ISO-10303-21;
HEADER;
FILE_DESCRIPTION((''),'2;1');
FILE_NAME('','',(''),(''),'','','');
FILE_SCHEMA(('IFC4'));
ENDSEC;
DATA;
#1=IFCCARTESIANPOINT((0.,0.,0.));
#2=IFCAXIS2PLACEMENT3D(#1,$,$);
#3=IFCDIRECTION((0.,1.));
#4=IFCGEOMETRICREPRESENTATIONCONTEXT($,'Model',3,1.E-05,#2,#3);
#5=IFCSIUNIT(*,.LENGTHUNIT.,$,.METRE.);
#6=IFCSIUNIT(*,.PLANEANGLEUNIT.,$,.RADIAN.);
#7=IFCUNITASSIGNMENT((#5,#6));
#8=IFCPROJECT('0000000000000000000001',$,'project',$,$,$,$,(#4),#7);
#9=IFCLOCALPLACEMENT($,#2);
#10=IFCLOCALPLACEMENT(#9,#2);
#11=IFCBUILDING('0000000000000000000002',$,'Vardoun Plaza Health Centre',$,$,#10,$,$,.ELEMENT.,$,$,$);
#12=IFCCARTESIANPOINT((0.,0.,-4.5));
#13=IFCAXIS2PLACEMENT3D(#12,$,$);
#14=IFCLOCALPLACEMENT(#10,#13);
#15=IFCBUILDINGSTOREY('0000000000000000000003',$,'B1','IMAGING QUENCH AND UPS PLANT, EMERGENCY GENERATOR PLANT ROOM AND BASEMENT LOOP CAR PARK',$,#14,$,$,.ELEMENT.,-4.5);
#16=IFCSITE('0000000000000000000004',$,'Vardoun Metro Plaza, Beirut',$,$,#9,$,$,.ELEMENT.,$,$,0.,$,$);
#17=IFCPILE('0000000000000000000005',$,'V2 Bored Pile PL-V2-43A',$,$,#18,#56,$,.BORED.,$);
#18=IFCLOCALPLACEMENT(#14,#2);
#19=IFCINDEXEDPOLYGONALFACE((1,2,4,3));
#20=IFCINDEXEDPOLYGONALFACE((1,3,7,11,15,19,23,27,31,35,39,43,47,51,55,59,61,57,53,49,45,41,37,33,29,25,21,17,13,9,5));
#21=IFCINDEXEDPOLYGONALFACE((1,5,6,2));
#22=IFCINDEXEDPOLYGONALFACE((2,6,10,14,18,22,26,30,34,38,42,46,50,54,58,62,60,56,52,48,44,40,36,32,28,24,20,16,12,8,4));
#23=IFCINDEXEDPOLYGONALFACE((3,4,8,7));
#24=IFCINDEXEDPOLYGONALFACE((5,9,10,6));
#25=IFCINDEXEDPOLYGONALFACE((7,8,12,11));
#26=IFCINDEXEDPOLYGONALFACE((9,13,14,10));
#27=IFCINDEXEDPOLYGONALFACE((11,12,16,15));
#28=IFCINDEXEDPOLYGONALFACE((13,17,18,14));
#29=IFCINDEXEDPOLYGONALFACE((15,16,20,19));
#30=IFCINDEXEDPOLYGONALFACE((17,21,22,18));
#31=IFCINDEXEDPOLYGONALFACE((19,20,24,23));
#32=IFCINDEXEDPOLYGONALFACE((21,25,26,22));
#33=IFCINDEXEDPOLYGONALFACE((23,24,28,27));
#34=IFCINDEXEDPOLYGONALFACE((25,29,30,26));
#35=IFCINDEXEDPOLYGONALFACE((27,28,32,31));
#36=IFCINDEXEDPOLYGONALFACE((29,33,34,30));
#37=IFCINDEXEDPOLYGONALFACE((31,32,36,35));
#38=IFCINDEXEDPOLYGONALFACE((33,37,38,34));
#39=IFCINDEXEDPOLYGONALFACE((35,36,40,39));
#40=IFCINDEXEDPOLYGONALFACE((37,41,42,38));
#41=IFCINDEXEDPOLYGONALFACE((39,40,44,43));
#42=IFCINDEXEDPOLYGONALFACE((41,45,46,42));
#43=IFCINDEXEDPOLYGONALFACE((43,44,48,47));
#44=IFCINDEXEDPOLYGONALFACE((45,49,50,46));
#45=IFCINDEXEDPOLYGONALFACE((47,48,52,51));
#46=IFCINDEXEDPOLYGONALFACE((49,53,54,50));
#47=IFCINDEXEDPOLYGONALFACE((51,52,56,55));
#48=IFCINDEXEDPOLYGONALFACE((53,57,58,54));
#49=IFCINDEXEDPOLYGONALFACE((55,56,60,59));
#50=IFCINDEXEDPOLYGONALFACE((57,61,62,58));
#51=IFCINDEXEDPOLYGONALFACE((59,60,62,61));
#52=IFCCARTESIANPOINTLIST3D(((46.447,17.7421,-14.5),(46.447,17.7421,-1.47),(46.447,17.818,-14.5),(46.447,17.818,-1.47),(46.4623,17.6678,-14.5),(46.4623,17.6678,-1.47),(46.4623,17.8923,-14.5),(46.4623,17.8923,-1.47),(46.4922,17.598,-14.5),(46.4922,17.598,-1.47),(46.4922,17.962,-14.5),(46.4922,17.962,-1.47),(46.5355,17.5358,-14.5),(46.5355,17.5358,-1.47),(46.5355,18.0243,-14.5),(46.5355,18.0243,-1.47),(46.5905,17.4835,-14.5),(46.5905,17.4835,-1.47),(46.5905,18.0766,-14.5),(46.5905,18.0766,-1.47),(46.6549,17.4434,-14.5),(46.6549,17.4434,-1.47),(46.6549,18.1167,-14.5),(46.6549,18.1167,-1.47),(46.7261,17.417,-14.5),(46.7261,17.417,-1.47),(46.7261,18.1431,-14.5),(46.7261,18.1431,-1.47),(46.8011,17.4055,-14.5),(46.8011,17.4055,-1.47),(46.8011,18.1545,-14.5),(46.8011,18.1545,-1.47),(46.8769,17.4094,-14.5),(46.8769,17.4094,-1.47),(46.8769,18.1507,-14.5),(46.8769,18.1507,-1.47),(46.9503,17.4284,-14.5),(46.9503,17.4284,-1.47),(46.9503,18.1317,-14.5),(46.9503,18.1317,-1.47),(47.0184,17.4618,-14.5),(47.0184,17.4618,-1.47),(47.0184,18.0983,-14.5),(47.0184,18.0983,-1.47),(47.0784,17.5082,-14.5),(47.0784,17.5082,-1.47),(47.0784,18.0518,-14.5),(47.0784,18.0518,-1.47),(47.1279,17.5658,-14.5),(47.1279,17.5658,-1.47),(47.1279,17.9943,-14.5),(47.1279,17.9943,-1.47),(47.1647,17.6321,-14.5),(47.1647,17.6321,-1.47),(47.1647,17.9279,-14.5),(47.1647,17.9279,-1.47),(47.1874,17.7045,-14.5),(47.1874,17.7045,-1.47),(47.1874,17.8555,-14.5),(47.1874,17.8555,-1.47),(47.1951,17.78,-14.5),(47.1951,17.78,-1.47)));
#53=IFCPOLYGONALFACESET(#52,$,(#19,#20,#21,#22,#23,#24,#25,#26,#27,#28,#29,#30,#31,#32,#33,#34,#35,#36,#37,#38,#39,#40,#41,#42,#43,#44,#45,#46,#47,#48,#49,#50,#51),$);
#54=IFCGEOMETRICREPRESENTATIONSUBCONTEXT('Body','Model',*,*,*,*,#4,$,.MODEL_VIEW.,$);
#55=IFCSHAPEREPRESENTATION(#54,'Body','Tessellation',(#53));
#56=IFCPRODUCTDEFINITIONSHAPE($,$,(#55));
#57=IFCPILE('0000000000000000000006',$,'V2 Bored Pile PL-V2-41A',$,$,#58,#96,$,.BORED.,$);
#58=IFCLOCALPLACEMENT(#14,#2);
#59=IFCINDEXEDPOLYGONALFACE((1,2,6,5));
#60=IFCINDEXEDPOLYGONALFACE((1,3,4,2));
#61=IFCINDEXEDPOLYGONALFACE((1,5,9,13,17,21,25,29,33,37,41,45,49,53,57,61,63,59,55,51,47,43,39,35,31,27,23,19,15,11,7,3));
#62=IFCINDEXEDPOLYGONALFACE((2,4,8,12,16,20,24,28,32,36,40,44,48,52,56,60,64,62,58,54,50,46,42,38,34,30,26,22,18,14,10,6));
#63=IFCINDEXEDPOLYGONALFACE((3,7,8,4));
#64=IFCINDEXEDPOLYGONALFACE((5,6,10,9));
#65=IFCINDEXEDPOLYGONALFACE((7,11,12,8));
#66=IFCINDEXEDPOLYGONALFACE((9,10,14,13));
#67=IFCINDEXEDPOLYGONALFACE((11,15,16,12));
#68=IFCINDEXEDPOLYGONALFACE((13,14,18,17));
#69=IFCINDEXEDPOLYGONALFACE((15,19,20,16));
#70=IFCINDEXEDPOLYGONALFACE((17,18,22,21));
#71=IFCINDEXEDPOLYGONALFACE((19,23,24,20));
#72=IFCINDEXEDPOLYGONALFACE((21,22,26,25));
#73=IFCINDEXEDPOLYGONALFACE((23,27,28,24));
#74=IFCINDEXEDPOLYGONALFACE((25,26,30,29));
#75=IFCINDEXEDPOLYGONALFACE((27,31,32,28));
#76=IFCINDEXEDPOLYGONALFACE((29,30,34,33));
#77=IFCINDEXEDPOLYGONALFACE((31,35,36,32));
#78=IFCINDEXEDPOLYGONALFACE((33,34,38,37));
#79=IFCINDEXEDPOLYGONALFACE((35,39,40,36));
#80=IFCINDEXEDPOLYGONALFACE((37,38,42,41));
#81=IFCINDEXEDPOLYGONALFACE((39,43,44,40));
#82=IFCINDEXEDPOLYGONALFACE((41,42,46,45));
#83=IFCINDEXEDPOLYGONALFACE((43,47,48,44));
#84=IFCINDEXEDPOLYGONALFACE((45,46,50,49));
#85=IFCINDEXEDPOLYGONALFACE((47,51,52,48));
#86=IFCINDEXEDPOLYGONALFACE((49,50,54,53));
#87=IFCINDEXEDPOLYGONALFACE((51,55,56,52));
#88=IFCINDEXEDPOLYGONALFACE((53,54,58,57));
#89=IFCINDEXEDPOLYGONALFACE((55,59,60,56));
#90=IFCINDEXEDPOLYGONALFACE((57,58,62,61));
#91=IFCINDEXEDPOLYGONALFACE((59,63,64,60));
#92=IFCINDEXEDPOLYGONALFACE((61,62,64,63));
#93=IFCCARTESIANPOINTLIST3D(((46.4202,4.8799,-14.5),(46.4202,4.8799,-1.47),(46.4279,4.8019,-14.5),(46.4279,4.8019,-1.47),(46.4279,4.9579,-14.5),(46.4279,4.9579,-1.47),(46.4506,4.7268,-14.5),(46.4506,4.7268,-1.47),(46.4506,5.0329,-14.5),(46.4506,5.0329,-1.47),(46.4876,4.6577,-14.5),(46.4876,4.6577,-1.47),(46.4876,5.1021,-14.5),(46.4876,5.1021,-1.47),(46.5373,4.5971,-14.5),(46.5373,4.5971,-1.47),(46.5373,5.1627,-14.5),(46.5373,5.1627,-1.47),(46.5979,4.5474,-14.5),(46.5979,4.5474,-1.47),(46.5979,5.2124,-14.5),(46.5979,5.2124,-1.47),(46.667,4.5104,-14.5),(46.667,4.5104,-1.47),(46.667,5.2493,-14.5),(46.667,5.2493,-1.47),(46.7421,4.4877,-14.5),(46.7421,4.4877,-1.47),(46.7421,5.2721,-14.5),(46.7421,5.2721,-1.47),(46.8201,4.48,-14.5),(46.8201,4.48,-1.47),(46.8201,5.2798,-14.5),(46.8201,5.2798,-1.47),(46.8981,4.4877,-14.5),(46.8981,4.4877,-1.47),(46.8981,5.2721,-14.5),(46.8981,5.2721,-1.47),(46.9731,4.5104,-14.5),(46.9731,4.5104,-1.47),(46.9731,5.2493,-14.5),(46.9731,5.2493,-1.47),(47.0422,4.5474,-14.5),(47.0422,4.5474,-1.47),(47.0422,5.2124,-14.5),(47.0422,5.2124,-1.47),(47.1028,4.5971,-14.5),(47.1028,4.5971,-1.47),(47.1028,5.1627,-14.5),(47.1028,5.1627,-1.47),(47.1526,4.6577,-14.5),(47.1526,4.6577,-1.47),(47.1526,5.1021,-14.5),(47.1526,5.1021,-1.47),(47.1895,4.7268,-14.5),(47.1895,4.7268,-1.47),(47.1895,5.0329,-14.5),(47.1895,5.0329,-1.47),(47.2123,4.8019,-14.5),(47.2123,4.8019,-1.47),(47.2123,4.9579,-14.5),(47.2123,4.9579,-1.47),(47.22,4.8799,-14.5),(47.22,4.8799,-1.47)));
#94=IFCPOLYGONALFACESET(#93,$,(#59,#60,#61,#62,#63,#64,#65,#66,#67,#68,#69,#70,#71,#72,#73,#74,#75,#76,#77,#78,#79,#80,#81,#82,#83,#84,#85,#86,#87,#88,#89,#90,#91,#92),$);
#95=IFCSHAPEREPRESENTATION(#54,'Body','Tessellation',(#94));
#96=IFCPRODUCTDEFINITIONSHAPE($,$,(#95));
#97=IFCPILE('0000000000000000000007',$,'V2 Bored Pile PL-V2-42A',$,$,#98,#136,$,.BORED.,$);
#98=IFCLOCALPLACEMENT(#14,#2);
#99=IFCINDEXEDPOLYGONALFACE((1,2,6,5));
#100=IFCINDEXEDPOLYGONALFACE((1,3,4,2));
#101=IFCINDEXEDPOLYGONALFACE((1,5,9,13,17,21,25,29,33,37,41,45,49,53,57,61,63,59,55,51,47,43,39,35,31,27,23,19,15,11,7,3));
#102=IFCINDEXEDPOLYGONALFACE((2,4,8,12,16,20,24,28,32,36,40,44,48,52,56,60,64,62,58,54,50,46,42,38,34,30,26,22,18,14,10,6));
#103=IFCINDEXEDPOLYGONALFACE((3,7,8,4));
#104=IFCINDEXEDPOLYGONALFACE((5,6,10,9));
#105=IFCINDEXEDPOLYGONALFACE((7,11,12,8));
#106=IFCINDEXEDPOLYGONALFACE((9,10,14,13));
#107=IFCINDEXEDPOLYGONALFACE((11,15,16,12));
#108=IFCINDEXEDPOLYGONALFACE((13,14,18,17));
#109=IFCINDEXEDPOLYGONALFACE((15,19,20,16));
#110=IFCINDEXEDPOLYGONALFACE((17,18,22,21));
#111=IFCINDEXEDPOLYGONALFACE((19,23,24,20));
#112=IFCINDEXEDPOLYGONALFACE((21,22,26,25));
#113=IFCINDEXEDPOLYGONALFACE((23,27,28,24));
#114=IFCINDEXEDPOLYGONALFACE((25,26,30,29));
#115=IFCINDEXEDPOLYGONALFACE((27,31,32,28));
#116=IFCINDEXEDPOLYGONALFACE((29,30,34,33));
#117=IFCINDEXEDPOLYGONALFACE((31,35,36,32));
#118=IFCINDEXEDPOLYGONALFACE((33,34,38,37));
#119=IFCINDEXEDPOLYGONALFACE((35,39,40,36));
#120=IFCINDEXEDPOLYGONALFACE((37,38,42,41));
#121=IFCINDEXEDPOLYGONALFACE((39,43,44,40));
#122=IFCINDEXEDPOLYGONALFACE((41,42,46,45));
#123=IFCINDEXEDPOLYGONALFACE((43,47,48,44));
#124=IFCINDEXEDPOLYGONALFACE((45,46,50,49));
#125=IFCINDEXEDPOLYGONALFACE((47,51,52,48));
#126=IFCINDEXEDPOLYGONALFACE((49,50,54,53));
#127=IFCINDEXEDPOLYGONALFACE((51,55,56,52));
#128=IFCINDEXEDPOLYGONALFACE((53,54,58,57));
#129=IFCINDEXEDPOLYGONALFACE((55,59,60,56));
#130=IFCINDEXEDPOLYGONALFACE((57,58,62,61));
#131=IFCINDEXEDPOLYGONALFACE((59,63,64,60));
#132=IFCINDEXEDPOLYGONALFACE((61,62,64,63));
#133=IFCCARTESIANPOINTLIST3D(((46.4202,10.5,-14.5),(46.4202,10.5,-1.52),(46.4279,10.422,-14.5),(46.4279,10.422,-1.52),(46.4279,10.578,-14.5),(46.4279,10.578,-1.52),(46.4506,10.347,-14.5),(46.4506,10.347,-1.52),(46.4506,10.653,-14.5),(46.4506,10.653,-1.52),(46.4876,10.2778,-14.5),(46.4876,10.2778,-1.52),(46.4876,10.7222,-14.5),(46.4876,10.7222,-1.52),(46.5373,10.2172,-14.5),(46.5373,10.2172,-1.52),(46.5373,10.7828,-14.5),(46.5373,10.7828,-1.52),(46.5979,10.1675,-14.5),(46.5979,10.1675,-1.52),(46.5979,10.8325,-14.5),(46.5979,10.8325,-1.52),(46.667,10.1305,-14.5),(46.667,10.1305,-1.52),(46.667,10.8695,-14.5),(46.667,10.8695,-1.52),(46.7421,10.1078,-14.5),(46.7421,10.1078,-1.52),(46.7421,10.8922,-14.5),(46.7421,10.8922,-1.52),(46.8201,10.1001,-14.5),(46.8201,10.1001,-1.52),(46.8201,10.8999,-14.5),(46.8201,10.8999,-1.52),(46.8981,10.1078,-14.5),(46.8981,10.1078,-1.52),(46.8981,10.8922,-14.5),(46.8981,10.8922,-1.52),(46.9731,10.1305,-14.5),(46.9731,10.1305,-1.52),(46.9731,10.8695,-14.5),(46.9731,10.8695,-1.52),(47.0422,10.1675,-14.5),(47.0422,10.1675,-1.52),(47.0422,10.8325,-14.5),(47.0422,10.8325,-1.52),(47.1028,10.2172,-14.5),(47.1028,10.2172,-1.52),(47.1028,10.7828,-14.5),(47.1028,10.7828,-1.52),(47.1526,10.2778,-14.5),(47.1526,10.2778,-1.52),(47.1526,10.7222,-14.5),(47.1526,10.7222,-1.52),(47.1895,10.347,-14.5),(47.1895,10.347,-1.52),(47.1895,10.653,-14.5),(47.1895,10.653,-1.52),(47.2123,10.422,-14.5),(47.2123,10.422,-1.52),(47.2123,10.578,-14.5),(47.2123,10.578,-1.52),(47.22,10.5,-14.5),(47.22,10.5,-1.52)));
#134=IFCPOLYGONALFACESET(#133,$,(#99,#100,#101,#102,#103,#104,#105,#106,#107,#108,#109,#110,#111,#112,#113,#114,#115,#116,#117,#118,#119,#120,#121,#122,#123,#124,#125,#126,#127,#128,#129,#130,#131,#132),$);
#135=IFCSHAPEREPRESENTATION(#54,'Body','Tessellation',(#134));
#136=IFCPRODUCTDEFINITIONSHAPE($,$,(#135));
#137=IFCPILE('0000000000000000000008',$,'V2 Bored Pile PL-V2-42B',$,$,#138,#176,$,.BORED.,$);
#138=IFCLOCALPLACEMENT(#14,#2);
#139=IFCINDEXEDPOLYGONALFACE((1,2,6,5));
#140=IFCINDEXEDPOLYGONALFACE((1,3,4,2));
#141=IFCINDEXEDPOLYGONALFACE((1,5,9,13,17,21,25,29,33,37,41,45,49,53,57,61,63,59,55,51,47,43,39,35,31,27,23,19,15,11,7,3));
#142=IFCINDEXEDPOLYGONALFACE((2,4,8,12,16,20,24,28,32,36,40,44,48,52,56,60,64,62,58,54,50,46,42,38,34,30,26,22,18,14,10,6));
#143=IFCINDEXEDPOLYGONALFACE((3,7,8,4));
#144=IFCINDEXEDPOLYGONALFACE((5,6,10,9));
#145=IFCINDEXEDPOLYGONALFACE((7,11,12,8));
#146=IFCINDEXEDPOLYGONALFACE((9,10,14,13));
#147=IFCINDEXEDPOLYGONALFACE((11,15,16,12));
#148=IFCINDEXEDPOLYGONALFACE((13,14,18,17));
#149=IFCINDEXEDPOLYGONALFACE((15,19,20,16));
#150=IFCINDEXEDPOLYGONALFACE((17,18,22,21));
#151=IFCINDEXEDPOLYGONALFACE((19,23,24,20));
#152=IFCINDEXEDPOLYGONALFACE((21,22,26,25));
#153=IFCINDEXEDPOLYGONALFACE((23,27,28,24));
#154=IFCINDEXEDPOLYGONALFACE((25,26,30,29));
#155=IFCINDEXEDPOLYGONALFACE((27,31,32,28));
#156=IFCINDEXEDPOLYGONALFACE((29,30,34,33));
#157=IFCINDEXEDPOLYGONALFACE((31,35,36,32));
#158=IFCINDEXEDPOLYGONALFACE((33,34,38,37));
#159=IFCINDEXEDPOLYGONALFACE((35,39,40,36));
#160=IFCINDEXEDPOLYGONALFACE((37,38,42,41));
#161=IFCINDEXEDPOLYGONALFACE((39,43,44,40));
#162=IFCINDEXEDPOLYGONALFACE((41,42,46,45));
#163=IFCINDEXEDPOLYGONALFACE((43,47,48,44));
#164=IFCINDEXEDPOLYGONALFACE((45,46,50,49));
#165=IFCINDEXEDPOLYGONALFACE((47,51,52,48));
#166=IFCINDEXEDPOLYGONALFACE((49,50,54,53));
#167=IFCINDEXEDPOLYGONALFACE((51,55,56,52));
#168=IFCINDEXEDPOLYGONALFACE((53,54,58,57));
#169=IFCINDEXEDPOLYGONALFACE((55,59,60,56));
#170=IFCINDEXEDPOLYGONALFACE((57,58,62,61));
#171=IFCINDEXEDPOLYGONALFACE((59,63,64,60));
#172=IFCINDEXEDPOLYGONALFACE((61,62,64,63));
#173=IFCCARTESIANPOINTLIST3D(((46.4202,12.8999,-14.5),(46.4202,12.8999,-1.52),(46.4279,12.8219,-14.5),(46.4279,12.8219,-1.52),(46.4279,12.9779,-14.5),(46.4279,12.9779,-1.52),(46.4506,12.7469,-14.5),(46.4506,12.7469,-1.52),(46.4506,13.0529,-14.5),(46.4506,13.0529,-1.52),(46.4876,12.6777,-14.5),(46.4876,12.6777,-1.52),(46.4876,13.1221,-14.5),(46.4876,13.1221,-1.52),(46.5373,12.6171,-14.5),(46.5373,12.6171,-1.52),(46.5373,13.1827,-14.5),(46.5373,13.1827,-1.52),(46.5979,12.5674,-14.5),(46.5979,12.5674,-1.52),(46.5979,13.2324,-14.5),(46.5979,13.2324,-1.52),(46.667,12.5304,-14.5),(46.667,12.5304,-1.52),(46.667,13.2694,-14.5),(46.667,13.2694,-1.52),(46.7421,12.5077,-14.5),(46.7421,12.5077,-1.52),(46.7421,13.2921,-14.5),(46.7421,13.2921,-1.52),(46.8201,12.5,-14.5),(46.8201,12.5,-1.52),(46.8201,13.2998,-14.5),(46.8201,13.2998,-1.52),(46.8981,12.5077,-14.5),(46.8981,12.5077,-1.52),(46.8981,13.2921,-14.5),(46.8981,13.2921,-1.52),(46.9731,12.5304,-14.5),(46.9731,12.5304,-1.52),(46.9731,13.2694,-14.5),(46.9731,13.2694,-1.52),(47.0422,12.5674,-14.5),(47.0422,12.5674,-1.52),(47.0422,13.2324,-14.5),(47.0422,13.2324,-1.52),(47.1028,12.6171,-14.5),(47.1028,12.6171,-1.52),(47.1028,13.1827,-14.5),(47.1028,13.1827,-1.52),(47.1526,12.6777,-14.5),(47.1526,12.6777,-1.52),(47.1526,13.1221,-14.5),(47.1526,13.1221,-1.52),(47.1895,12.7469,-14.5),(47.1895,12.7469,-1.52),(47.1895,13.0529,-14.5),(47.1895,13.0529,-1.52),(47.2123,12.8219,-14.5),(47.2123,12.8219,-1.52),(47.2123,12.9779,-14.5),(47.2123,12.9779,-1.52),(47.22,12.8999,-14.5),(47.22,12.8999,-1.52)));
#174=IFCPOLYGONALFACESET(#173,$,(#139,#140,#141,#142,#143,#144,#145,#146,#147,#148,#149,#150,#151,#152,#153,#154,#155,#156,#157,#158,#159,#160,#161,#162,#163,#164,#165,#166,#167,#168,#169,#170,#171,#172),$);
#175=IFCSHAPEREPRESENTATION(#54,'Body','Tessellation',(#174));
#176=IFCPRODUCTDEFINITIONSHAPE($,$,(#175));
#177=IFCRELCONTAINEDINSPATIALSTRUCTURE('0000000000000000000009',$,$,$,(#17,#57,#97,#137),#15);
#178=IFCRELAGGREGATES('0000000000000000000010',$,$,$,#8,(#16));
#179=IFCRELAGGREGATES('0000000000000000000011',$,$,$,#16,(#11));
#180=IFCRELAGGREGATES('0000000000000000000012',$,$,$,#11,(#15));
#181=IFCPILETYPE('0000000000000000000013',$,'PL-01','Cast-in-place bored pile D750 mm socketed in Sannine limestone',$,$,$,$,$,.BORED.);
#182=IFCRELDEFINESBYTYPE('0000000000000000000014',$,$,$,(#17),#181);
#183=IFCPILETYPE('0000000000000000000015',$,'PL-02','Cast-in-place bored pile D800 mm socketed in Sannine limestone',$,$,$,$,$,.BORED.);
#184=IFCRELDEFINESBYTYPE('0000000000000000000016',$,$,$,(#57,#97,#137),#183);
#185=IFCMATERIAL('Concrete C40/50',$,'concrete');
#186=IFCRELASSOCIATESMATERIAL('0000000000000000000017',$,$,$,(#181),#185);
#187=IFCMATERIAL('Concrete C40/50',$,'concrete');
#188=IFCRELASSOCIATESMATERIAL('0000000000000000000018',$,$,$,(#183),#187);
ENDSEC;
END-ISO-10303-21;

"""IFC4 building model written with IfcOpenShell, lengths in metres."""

from ifc_helpers import new_model, si_unit, direction, frame, origin, origin_2d, place, context, subcontext, project, spatial, circle, extrude, material, material_profile, profile_set, type_object, element, save


model = new_model("IFC4")

# Units and contexts
model_context = context("Model", 3, precision=1e-05, world=origin(), true_north=direction((0.0, 1.0)))
body_context = subcontext(model_context, "Body", "Model", "MODEL_VIEW")
ifc_project = project(units=[si_unit("LENGTHUNIT", "METRE"), si_unit("PLANEANGLEUNIT", "RADIAN")], contexts=[model_context])

# Site, building, storey
site_placement = place(None, origin())
site = spatial("IfcSite", under=ifc_project, at=site_placement, Name="Vardoun Metro Plaza, Beirut", CompositionType="ELEMENT", RefElevation=0.0)
building_placement = place(site_placement, origin())
building = spatial("IfcBuilding", under=site, at=building_placement, Name="Vardoun Plaza Health Centre", CompositionType="ELEMENT")
storey_placement = place(building_placement, frame((0.0, 0.0, -4.5)))
storey = spatial("IfcBuildingStorey", under=building, at=storey_placement, Name="B1", Description="IMAGING QUENCH AND UPS PLANT, EMERGENCY GENERATOR PLANT ROOM AND BASEMENT LOOP CAR PARK", CompositionType="ELEMENT", Elevation=-4.5)

# Piles
ifc_material_1 = material(Name="Concrete C40/50", Category="concrete")
ifc_material_profile_1 = material_profile(ifc_material_1, circle(Radius=0.375, at=origin_2d()), Name="PILE D750")
ifc_profile_set_1 = profile_set([ifc_material_profile_1], Name="Concrete C40/50")
pile_type_1 = type_object("IfcPileType", Name="PL-01", Description="Cast-in-place bored pile D750 mm socketed in Sannine limestone", PredefinedType="BORED", material=ifc_profile_set_1)
pile_1_placement = place(storey_placement, frame((46.8201, 17.78, -1.47), z_axis=(0.0, 0.0, -1.0), x_axis=(1.0, 0.0, 0.0)))
element("IfcPile", 1, at=pile_1_placement, inside=storey, type_object=pile_type_1, Name="V2 Bored Pile PL-V2-43A", PredefinedType="BORED", context=body_context, shape_type="SweptSolid", body=[
    extrude(circle(Radius=0.375, at=origin_2d()), origin(), (0.0, 0.0, 1.0), 13.03),
])
ifc_material_2 = material(Name="Concrete C40/50", Category="concrete")
ifc_material_profile_2 = material_profile(ifc_material_2, circle(Radius=0.3999, at=origin_2d()), Name="PILE D800")
ifc_profile_set_2 = profile_set([ifc_material_profile_2], Name="Concrete C40/50")
pile_type_2 = type_object("IfcPileType", Name="PL-02", Description="Cast-in-place bored pile D800 mm socketed in Sannine limestone", PredefinedType="BORED", material=ifc_profile_set_2)
pile_2_placement = place(storey_placement, frame((46.8201, 4.8799, -1.47), z_axis=(0.0, 0.0, -1.0), x_axis=(1.0, 0.0, 0.0)))
element("IfcPile", 2, at=pile_2_placement, inside=storey, type_object=pile_type_2, Name="V2 Bored Pile PL-V2-41A", PredefinedType="BORED", context=body_context, shape_type="SweptSolid", body=[
    extrude(circle(Radius=0.3999, at=origin_2d()), origin(), (0.0, 0.0, 1.0), 13.03),
])
for number, where, z_axis, x_axis, name in (
    (3, (46.8201, 10.5, -1.52), (0.0, 0.0, -1.0), (1.0, 0.0, 0.0), "V2 Bored Pile PL-V2-42A"),
    (4, (46.8201, 12.8999, -1.52), (0.0, 0.0, -1.0), (1.0, 0.0, 0.0), "V2 Bored Pile PL-V2-42B"),
):
    element("IfcPile", number, at=place(storey_placement, frame(where, z_axis=z_axis, x_axis=x_axis)), inside=storey, type_object=pile_type_2, Name=name, PredefinedType="BORED", context=body_context, shape_type="SweptSolid", body=[
        extrude(circle(Radius=0.3999, at=origin_2d()), origin(), (0.0, 0.0, 1.0), 12.98),
    ])

save(model, "model.ifc")
